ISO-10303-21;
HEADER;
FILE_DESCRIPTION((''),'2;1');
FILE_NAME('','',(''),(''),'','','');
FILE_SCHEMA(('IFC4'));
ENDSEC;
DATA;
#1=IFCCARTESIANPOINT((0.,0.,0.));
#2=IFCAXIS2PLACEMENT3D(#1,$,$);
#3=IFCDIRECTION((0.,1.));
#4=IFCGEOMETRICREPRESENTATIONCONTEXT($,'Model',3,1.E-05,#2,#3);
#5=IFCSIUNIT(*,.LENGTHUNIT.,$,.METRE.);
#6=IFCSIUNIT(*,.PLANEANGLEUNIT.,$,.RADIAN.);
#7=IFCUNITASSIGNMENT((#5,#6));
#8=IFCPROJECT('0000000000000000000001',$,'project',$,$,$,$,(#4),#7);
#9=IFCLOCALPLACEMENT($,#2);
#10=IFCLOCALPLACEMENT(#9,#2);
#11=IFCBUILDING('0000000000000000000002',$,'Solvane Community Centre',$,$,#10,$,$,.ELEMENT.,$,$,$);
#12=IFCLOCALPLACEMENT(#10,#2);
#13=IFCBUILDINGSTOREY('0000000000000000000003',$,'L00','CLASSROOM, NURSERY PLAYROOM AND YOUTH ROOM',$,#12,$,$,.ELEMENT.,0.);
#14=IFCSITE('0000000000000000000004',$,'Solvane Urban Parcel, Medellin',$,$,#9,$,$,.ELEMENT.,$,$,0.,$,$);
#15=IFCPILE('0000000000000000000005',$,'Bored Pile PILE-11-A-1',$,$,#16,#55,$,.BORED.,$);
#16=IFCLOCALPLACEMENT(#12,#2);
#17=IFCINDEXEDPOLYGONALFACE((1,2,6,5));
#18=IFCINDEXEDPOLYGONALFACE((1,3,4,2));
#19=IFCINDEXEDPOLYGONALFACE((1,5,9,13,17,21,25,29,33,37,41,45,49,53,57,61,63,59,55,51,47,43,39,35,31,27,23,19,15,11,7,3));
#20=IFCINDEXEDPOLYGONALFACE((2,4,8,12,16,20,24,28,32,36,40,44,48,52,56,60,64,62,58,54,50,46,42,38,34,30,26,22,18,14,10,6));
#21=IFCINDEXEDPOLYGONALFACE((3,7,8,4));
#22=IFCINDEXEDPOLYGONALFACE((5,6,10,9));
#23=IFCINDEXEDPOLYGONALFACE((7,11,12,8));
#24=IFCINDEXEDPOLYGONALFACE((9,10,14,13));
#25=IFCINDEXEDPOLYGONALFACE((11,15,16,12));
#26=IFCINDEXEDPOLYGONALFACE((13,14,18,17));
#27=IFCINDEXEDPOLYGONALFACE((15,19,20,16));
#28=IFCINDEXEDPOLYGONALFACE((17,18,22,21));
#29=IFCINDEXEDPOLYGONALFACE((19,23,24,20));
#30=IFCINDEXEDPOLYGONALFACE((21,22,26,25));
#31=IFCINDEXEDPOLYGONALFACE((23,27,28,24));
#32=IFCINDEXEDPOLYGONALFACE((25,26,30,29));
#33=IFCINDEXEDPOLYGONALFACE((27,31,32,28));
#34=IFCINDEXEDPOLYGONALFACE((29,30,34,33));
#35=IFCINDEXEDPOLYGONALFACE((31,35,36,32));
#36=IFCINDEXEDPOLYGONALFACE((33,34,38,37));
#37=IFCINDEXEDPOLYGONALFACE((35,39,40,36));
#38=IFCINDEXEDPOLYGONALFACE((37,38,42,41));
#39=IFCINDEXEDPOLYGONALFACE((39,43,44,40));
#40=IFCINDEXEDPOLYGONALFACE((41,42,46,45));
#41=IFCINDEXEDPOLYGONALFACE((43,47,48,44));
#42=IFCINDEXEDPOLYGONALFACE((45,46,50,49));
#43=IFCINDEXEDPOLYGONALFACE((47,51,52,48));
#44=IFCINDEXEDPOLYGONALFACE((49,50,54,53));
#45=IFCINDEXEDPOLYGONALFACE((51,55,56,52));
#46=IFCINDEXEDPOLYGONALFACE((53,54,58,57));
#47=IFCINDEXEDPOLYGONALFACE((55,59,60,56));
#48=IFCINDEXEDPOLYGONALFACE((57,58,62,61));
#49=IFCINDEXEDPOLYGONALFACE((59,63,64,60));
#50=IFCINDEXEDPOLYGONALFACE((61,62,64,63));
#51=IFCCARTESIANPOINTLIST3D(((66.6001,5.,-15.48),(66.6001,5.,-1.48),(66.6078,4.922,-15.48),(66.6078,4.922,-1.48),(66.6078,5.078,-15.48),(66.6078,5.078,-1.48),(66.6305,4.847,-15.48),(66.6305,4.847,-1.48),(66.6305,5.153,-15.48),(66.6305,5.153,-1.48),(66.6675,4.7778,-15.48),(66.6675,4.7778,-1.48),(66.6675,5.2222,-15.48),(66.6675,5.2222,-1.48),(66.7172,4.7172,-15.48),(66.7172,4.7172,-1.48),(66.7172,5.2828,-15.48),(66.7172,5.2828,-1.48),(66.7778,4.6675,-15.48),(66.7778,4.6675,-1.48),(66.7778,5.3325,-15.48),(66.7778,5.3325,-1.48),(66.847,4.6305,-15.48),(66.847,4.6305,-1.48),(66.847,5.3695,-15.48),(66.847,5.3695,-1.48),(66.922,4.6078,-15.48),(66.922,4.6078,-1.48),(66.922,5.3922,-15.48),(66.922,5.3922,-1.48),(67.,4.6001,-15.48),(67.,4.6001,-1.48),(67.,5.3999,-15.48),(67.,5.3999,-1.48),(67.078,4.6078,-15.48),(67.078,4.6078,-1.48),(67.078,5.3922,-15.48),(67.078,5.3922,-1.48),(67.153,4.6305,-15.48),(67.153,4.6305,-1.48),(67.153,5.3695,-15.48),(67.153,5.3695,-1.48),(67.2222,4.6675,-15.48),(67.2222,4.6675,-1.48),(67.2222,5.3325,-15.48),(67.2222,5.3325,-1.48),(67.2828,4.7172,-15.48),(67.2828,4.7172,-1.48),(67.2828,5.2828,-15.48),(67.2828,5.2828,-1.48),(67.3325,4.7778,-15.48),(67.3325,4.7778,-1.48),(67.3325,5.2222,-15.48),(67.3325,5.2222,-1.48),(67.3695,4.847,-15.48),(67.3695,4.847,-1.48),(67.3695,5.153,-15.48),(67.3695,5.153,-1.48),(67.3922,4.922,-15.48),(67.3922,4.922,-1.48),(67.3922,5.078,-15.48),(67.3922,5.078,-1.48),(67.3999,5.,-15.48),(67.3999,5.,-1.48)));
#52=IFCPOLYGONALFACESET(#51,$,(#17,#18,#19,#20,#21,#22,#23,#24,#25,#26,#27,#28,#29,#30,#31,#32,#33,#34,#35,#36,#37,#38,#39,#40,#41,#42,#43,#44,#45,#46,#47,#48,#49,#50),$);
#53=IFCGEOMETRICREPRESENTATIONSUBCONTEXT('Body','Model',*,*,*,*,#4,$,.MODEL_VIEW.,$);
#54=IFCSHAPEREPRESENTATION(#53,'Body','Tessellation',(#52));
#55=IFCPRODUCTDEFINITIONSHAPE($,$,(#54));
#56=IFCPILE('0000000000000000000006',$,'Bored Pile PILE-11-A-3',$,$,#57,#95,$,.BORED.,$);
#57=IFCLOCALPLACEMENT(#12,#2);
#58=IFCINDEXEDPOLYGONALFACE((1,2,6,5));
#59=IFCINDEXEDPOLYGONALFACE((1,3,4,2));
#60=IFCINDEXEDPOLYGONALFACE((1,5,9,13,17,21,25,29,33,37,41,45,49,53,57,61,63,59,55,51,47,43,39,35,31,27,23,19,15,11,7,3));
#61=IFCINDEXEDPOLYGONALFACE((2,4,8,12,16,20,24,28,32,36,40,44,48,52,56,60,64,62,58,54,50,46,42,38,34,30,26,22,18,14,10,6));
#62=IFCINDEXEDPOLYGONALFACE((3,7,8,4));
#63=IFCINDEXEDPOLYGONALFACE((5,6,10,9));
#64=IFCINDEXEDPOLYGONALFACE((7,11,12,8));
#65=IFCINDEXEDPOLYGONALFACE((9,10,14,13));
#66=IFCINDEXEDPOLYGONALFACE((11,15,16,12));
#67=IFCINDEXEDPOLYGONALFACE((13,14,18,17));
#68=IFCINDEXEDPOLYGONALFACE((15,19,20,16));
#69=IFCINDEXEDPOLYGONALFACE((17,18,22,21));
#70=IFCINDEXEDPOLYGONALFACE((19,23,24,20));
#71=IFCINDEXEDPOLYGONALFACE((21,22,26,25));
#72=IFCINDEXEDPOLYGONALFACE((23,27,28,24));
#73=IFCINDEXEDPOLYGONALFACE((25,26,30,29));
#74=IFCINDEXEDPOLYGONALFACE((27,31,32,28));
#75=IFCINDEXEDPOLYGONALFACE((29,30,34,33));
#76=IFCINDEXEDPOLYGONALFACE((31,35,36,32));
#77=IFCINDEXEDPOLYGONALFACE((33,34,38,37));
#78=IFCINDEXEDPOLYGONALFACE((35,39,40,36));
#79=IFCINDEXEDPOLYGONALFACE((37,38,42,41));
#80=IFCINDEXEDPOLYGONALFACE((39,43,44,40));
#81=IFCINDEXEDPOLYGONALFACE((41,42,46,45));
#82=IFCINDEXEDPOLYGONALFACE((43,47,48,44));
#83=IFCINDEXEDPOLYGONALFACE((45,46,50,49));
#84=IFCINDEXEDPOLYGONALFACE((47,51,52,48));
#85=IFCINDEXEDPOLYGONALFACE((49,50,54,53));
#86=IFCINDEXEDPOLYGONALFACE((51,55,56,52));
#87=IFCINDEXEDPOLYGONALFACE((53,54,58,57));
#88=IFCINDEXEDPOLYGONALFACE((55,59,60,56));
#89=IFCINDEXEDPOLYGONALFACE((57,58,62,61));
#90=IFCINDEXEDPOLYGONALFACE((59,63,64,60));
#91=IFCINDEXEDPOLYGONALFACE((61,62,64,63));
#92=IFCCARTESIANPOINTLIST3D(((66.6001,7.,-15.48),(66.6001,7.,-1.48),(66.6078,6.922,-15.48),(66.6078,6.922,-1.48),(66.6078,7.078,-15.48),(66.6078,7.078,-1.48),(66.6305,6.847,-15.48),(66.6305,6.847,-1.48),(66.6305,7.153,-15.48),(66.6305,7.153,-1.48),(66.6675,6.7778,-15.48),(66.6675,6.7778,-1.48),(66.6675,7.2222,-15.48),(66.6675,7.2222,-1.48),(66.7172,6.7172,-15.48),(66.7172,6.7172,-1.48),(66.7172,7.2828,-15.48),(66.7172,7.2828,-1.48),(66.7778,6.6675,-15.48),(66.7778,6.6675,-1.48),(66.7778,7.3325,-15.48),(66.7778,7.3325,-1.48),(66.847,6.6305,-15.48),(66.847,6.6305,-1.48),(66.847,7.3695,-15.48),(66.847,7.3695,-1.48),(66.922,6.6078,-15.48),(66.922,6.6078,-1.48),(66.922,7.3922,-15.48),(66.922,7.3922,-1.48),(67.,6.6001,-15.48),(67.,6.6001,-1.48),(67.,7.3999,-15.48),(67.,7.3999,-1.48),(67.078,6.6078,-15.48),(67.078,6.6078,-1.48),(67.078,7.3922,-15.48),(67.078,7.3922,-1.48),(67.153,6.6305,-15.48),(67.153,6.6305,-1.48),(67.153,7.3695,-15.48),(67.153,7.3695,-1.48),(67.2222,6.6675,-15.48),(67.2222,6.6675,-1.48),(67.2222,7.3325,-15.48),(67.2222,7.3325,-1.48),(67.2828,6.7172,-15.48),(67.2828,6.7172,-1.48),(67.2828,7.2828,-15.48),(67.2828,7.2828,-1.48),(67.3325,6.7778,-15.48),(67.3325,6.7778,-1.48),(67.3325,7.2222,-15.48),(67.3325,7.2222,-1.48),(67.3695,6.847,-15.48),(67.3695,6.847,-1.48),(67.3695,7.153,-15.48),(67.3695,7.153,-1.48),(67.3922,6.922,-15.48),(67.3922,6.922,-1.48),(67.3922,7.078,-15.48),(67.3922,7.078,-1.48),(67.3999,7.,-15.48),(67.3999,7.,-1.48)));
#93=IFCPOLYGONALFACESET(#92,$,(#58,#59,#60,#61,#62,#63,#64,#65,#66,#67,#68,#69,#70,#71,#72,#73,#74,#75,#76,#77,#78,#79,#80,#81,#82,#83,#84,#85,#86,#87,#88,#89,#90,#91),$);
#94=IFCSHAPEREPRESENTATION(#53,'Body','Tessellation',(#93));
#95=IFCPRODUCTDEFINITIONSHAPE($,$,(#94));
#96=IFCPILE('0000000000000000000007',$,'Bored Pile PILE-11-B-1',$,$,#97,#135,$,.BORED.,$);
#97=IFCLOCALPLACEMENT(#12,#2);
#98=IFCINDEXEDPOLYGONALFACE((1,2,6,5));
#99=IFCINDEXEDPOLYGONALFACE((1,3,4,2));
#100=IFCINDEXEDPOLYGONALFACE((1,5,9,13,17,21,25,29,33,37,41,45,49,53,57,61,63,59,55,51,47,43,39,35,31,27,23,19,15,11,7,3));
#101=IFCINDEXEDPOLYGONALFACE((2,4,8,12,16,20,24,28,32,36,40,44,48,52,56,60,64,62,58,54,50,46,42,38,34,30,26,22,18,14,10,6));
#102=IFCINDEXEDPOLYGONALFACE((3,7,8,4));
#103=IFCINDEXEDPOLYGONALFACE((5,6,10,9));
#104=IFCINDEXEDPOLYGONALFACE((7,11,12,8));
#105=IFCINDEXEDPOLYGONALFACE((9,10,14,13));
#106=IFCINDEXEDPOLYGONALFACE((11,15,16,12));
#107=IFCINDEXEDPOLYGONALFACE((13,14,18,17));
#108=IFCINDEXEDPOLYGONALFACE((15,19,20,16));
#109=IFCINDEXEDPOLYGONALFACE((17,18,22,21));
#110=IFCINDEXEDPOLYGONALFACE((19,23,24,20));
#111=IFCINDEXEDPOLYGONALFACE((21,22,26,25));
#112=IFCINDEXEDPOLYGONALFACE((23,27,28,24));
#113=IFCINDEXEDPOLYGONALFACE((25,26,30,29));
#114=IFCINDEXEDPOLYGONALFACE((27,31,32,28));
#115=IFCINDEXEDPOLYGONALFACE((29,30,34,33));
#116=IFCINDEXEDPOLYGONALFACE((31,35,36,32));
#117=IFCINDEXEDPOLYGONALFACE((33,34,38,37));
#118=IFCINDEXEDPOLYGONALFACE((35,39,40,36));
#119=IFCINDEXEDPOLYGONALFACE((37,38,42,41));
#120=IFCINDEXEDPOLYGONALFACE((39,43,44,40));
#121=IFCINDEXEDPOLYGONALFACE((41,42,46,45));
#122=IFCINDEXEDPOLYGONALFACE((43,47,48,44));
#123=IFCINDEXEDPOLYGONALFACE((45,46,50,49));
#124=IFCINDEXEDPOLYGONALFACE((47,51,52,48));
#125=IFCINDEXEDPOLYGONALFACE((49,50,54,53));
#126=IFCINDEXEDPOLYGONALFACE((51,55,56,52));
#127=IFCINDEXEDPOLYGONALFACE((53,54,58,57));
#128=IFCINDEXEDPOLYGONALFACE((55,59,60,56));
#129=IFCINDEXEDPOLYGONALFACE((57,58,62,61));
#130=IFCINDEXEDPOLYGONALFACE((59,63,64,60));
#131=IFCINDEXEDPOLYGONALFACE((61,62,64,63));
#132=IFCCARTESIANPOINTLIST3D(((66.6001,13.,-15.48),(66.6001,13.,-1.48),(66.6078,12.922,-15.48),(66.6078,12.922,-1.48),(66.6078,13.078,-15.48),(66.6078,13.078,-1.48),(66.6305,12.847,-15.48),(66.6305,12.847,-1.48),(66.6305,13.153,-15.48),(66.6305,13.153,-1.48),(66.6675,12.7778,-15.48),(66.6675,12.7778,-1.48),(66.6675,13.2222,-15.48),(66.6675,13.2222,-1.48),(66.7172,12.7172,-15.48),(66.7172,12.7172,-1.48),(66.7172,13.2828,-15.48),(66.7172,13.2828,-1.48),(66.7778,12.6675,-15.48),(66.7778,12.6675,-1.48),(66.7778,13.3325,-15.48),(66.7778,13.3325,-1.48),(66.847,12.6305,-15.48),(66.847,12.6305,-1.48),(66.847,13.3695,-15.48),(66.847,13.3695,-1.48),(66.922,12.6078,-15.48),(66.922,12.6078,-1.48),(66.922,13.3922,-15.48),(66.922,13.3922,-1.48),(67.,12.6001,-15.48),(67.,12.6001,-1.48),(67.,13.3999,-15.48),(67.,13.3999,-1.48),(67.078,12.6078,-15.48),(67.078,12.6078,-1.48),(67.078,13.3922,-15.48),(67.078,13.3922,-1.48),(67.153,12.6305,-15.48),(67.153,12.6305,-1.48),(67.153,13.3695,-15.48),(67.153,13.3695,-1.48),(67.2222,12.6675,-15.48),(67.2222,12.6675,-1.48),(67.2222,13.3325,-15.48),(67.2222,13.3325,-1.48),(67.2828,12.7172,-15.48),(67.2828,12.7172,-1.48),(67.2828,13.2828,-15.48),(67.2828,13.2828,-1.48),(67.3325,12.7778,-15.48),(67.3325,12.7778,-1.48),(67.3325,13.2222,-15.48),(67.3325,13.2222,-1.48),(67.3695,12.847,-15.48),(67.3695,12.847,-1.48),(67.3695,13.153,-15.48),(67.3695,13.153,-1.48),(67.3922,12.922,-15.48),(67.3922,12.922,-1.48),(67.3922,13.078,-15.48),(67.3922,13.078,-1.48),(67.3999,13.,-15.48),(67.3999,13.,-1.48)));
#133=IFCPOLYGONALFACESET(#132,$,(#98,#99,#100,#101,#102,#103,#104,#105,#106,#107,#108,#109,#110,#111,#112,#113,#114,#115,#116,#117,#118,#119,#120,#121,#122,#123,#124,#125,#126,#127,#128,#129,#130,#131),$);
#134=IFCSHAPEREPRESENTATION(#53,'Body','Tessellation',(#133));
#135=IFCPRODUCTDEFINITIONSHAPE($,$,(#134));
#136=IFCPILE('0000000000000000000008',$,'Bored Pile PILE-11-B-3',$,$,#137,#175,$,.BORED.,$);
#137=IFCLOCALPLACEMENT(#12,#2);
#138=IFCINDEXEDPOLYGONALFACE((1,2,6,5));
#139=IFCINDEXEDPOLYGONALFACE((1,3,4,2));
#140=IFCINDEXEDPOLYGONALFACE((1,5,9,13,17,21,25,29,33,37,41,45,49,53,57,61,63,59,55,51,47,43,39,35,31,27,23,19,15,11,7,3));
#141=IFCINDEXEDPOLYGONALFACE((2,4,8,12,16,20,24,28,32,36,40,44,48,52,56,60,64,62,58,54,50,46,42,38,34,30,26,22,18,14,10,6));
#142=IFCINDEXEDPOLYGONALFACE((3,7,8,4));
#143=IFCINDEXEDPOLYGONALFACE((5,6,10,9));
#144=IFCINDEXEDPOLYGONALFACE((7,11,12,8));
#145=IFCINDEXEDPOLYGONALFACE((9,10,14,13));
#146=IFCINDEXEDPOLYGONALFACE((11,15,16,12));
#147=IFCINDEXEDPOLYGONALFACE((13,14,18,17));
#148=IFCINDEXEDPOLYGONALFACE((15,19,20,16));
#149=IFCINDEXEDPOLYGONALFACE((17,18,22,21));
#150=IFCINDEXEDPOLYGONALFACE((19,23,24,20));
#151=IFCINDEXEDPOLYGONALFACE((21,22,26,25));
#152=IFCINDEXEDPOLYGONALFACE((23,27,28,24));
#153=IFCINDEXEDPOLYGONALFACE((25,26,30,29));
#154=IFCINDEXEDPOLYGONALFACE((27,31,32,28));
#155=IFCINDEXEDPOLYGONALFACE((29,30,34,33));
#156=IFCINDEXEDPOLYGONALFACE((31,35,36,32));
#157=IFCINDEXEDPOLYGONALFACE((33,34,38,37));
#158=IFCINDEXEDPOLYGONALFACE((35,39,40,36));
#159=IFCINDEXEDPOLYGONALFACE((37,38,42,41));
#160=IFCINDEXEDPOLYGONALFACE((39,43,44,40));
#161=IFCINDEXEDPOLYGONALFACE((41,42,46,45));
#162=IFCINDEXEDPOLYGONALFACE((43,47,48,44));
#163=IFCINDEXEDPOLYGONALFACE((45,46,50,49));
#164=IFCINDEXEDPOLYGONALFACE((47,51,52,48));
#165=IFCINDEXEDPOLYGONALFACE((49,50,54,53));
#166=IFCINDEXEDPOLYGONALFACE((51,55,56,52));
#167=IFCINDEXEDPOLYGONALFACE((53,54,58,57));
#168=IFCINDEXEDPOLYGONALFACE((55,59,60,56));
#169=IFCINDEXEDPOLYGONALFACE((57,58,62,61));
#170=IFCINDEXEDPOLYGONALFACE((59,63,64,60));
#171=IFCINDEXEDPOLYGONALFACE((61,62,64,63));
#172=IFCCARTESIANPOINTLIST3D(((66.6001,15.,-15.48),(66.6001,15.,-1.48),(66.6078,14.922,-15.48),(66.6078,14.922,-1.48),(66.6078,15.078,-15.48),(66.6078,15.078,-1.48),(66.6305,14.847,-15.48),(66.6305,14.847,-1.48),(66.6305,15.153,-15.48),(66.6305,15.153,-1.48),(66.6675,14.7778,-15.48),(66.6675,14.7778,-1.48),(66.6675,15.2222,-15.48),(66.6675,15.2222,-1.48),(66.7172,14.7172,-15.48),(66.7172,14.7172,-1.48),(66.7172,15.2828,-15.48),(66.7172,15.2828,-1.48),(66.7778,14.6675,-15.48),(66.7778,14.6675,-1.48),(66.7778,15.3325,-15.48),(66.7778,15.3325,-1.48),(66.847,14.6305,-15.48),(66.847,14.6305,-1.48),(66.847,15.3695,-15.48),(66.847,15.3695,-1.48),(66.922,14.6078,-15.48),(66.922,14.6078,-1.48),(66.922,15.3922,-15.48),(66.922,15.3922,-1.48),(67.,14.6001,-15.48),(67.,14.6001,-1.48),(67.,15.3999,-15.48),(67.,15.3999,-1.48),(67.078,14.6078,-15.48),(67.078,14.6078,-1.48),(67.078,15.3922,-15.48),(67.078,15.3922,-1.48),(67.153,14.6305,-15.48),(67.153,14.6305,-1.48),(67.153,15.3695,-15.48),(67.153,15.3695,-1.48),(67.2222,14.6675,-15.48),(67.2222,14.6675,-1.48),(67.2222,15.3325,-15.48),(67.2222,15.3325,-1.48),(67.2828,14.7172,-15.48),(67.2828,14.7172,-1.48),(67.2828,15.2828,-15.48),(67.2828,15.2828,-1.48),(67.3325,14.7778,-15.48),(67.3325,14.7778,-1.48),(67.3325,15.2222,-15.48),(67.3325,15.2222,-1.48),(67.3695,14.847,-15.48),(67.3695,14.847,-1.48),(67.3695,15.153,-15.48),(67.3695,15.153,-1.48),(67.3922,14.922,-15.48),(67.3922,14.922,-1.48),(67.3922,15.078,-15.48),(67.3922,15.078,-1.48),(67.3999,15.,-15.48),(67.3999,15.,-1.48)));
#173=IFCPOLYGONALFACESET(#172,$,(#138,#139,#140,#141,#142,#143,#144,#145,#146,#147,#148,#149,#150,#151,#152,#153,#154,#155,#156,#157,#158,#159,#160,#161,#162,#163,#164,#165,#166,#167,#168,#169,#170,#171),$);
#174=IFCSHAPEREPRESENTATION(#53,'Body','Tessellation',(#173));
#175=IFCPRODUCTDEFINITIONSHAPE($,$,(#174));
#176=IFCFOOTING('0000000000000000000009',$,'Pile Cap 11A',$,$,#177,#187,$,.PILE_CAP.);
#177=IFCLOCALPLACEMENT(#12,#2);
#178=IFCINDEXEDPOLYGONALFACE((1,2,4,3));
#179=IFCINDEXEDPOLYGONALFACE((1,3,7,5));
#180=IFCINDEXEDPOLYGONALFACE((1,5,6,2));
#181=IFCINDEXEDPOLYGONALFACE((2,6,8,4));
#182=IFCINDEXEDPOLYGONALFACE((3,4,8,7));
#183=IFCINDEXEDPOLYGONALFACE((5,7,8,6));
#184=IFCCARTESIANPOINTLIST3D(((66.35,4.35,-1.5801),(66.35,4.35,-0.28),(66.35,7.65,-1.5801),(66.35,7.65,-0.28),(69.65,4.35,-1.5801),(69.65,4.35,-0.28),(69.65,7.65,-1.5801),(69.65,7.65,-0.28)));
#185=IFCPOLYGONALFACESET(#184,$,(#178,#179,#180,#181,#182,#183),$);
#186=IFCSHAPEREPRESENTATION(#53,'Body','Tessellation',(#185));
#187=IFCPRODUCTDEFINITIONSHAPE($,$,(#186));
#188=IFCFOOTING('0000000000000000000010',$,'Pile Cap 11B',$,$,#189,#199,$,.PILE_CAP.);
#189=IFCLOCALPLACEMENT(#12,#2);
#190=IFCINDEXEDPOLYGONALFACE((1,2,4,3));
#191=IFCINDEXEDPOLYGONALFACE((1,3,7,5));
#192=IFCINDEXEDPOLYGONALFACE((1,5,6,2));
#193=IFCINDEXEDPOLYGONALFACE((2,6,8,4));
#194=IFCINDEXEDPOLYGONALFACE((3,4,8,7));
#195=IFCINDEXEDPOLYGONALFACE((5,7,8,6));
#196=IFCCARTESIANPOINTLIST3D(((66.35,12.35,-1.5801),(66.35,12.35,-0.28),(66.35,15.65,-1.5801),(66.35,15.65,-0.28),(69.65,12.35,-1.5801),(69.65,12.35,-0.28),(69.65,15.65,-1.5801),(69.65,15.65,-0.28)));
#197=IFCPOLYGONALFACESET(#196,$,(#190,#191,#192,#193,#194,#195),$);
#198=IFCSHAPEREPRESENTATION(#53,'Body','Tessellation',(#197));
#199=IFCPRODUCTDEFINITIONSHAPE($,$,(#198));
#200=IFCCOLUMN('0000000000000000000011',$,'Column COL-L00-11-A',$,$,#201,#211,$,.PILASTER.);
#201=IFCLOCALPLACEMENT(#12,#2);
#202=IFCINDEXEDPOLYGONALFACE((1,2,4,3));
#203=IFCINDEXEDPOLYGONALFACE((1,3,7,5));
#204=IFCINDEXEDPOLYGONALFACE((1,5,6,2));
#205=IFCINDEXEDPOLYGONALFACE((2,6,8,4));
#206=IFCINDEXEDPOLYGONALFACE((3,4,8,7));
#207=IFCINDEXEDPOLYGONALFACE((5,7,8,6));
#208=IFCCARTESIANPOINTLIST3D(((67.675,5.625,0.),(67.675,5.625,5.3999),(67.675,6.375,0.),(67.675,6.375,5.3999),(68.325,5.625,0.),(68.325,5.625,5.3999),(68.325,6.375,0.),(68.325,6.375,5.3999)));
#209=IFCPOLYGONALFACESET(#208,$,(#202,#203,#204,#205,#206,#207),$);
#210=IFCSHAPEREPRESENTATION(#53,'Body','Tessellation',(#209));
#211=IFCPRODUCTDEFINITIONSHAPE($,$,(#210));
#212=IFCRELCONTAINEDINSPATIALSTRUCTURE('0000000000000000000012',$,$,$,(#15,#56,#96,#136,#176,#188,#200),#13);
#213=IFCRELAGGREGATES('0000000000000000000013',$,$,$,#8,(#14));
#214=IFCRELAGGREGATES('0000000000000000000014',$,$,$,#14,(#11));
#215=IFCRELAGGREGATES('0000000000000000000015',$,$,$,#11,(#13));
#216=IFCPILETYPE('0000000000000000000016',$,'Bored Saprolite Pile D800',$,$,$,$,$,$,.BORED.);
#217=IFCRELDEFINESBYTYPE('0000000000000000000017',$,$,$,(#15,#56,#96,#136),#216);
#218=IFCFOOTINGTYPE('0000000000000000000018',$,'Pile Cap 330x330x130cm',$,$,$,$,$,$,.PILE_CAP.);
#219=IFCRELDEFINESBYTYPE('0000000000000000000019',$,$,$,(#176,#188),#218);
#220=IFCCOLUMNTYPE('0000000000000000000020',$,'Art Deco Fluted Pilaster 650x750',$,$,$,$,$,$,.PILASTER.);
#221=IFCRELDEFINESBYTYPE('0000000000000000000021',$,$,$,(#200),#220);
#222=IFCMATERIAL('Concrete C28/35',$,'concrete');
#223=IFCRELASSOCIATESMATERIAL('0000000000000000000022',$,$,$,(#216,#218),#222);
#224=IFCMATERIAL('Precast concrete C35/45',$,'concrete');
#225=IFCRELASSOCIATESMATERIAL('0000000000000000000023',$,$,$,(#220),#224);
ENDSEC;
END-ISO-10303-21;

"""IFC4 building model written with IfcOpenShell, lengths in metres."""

from ifc_helpers import new_model, si_unit, direction, frame, origin, origin_2d, place, context, subcontext, project, spatial, rectangle, circle, extrude, material, material_profile, profile_set, type_object, element, save


model = new_model("IFC4")

# Units and contexts
model_context = context("Model", 3, precision=1e-05, world=origin(), true_north=direction((0.0, 1.0)))
body_context = subcontext(model_context, "Body", "Model", "MODEL_VIEW")
ifc_project = project(units=[si_unit("LENGTHUNIT", "METRE"), si_unit("PLANEANGLEUNIT", "RADIAN")], contexts=[model_context])

# Site, building, storey
site_placement = place(None, origin())
site = spatial("IfcSite", under=ifc_project, at=site_placement, Name="Solvane Urban Parcel, Medellin", CompositionType="ELEMENT", RefElevation=0.0)
building_placement = place(site_placement, origin())
building = spatial("IfcBuilding", under=site, at=building_placement, Name="Solvane Community Centre", CompositionType="ELEMENT")
storey_placement = place(building_placement, origin())
storey = spatial("IfcBuildingStorey", under=building, at=storey_placement, Name="L00", Description="CLASSROOM, NURSERY PLAYROOM AND YOUTH ROOM", CompositionType="ELEMENT", Elevation=0.0)

# Piles
ifc_material_1 = material(Name="Concrete C28/35", Category="concrete")
ifc_material_profile_1 = material_profile(ifc_material_1, circle(Radius=0.3999, at=origin_2d()), Name="PILE D800")
ifc_profile_set_1 = profile_set([ifc_material_profile_1], Name="Concrete C28/35")
pile_type = type_object("IfcPileType", Name="Bored Saprolite Pile D800", PredefinedType="BORED", material=ifc_profile_set_1)
for number, where, z_axis, x_axis, name in (
    (1, (67.0, 5.0, -1.48), (0.0, 0.0, -1.0), (1.0, 0.0, 0.0), "Bored Pile PILE-11-A-1"),
    (2, (67.0, 7.0, -1.48), (0.0, 0.0, -1.0), (1.0, 0.0, 0.0), "Bored Pile PILE-11-A-3"),
    (3, (67.0, 13.0, -1.48), (0.0, 0.0, -1.0), (1.0, 0.0, 0.0), "Bored Pile PILE-11-B-1"),
    (4, (67.0, 15.0, -1.48), (0.0, 0.0, -1.0), (1.0, 0.0, 0.0), "Bored Pile PILE-11-B-3"),
):
    element("IfcPile", number, at=place(storey_placement, frame(where, z_axis=z_axis, x_axis=x_axis)), inside=storey, type_object=pile_type, Name=name, PredefinedType="BORED", context=body_context, shape_type="SweptSolid", body=[
        extrude(circle(Radius=0.3999, at=origin_2d()), origin(), (0.0, 0.0, 1.0), 14.0),
    ])

# Footings
footing_type = type_object("IfcFootingType", Name="Pile Cap 330x330x130cm", PredefinedType="PILE_CAP", material=ifc_material_1)
for number, where, z_axis, x_axis, name in (
    (5, (68.0, 6.0, -1.5801), (0.0, 0.0, 1.0), (1.0, 0.0, 0.0), "Pile Cap 11A"),
    (6, (68.0, 14.0, -1.5801), (0.0, 0.0, 1.0), (1.0, 0.0, 0.0), "Pile Cap 11B"),
):
    element("IfcFooting", number, at=place(storey_placement, frame(where, z_axis=z_axis, x_axis=x_axis)), inside=storey, type_object=footing_type, Name=name, PredefinedType="PILE_CAP", context=body_context, shape_type="SweptSolid", body=[
        extrude(rectangle(XDim=3.3, YDim=3.3, at=origin_2d()), origin(), (0.0, 0.0, 1.0), 1.3),
    ])

# Column
ifc_material_2 = material(Name="Precast concrete C35/45", Category="concrete")
ifc_material_profile_2 = material_profile(ifc_material_2, rectangle(XDim=0.6499, YDim=0.75, at=origin_2d()), Name="RC 650x750")
ifc_profile_set_2 = profile_set([ifc_material_profile_2], Name="Precast concrete C35/45")
column_type_1 = type_object("IfcColumnType", Name="Art Deco Fluted Pilaster 650x750", PredefinedType="PILASTER", material=ifc_profile_set_2)
column_1_placement = place(storey_placement, frame((68.0, 6.0, 0.0), z_axis=(0.0, 0.0, 1.0), x_axis=(1.0, 0.0, 0.0)))
element("IfcColumn", 7, at=column_1_placement, inside=storey, type_object=column_type_1, Name="Column COL-L00-11-A", PredefinedType="PILASTER", context=body_context, shape_type="SweptSolid", body=[
    extrude(rectangle(XDim=0.6499, YDim=0.75, at=origin_2d()), origin(), (0.0, 0.0, 1.0), 5.3999),
])

save(model, "model.ifc")
